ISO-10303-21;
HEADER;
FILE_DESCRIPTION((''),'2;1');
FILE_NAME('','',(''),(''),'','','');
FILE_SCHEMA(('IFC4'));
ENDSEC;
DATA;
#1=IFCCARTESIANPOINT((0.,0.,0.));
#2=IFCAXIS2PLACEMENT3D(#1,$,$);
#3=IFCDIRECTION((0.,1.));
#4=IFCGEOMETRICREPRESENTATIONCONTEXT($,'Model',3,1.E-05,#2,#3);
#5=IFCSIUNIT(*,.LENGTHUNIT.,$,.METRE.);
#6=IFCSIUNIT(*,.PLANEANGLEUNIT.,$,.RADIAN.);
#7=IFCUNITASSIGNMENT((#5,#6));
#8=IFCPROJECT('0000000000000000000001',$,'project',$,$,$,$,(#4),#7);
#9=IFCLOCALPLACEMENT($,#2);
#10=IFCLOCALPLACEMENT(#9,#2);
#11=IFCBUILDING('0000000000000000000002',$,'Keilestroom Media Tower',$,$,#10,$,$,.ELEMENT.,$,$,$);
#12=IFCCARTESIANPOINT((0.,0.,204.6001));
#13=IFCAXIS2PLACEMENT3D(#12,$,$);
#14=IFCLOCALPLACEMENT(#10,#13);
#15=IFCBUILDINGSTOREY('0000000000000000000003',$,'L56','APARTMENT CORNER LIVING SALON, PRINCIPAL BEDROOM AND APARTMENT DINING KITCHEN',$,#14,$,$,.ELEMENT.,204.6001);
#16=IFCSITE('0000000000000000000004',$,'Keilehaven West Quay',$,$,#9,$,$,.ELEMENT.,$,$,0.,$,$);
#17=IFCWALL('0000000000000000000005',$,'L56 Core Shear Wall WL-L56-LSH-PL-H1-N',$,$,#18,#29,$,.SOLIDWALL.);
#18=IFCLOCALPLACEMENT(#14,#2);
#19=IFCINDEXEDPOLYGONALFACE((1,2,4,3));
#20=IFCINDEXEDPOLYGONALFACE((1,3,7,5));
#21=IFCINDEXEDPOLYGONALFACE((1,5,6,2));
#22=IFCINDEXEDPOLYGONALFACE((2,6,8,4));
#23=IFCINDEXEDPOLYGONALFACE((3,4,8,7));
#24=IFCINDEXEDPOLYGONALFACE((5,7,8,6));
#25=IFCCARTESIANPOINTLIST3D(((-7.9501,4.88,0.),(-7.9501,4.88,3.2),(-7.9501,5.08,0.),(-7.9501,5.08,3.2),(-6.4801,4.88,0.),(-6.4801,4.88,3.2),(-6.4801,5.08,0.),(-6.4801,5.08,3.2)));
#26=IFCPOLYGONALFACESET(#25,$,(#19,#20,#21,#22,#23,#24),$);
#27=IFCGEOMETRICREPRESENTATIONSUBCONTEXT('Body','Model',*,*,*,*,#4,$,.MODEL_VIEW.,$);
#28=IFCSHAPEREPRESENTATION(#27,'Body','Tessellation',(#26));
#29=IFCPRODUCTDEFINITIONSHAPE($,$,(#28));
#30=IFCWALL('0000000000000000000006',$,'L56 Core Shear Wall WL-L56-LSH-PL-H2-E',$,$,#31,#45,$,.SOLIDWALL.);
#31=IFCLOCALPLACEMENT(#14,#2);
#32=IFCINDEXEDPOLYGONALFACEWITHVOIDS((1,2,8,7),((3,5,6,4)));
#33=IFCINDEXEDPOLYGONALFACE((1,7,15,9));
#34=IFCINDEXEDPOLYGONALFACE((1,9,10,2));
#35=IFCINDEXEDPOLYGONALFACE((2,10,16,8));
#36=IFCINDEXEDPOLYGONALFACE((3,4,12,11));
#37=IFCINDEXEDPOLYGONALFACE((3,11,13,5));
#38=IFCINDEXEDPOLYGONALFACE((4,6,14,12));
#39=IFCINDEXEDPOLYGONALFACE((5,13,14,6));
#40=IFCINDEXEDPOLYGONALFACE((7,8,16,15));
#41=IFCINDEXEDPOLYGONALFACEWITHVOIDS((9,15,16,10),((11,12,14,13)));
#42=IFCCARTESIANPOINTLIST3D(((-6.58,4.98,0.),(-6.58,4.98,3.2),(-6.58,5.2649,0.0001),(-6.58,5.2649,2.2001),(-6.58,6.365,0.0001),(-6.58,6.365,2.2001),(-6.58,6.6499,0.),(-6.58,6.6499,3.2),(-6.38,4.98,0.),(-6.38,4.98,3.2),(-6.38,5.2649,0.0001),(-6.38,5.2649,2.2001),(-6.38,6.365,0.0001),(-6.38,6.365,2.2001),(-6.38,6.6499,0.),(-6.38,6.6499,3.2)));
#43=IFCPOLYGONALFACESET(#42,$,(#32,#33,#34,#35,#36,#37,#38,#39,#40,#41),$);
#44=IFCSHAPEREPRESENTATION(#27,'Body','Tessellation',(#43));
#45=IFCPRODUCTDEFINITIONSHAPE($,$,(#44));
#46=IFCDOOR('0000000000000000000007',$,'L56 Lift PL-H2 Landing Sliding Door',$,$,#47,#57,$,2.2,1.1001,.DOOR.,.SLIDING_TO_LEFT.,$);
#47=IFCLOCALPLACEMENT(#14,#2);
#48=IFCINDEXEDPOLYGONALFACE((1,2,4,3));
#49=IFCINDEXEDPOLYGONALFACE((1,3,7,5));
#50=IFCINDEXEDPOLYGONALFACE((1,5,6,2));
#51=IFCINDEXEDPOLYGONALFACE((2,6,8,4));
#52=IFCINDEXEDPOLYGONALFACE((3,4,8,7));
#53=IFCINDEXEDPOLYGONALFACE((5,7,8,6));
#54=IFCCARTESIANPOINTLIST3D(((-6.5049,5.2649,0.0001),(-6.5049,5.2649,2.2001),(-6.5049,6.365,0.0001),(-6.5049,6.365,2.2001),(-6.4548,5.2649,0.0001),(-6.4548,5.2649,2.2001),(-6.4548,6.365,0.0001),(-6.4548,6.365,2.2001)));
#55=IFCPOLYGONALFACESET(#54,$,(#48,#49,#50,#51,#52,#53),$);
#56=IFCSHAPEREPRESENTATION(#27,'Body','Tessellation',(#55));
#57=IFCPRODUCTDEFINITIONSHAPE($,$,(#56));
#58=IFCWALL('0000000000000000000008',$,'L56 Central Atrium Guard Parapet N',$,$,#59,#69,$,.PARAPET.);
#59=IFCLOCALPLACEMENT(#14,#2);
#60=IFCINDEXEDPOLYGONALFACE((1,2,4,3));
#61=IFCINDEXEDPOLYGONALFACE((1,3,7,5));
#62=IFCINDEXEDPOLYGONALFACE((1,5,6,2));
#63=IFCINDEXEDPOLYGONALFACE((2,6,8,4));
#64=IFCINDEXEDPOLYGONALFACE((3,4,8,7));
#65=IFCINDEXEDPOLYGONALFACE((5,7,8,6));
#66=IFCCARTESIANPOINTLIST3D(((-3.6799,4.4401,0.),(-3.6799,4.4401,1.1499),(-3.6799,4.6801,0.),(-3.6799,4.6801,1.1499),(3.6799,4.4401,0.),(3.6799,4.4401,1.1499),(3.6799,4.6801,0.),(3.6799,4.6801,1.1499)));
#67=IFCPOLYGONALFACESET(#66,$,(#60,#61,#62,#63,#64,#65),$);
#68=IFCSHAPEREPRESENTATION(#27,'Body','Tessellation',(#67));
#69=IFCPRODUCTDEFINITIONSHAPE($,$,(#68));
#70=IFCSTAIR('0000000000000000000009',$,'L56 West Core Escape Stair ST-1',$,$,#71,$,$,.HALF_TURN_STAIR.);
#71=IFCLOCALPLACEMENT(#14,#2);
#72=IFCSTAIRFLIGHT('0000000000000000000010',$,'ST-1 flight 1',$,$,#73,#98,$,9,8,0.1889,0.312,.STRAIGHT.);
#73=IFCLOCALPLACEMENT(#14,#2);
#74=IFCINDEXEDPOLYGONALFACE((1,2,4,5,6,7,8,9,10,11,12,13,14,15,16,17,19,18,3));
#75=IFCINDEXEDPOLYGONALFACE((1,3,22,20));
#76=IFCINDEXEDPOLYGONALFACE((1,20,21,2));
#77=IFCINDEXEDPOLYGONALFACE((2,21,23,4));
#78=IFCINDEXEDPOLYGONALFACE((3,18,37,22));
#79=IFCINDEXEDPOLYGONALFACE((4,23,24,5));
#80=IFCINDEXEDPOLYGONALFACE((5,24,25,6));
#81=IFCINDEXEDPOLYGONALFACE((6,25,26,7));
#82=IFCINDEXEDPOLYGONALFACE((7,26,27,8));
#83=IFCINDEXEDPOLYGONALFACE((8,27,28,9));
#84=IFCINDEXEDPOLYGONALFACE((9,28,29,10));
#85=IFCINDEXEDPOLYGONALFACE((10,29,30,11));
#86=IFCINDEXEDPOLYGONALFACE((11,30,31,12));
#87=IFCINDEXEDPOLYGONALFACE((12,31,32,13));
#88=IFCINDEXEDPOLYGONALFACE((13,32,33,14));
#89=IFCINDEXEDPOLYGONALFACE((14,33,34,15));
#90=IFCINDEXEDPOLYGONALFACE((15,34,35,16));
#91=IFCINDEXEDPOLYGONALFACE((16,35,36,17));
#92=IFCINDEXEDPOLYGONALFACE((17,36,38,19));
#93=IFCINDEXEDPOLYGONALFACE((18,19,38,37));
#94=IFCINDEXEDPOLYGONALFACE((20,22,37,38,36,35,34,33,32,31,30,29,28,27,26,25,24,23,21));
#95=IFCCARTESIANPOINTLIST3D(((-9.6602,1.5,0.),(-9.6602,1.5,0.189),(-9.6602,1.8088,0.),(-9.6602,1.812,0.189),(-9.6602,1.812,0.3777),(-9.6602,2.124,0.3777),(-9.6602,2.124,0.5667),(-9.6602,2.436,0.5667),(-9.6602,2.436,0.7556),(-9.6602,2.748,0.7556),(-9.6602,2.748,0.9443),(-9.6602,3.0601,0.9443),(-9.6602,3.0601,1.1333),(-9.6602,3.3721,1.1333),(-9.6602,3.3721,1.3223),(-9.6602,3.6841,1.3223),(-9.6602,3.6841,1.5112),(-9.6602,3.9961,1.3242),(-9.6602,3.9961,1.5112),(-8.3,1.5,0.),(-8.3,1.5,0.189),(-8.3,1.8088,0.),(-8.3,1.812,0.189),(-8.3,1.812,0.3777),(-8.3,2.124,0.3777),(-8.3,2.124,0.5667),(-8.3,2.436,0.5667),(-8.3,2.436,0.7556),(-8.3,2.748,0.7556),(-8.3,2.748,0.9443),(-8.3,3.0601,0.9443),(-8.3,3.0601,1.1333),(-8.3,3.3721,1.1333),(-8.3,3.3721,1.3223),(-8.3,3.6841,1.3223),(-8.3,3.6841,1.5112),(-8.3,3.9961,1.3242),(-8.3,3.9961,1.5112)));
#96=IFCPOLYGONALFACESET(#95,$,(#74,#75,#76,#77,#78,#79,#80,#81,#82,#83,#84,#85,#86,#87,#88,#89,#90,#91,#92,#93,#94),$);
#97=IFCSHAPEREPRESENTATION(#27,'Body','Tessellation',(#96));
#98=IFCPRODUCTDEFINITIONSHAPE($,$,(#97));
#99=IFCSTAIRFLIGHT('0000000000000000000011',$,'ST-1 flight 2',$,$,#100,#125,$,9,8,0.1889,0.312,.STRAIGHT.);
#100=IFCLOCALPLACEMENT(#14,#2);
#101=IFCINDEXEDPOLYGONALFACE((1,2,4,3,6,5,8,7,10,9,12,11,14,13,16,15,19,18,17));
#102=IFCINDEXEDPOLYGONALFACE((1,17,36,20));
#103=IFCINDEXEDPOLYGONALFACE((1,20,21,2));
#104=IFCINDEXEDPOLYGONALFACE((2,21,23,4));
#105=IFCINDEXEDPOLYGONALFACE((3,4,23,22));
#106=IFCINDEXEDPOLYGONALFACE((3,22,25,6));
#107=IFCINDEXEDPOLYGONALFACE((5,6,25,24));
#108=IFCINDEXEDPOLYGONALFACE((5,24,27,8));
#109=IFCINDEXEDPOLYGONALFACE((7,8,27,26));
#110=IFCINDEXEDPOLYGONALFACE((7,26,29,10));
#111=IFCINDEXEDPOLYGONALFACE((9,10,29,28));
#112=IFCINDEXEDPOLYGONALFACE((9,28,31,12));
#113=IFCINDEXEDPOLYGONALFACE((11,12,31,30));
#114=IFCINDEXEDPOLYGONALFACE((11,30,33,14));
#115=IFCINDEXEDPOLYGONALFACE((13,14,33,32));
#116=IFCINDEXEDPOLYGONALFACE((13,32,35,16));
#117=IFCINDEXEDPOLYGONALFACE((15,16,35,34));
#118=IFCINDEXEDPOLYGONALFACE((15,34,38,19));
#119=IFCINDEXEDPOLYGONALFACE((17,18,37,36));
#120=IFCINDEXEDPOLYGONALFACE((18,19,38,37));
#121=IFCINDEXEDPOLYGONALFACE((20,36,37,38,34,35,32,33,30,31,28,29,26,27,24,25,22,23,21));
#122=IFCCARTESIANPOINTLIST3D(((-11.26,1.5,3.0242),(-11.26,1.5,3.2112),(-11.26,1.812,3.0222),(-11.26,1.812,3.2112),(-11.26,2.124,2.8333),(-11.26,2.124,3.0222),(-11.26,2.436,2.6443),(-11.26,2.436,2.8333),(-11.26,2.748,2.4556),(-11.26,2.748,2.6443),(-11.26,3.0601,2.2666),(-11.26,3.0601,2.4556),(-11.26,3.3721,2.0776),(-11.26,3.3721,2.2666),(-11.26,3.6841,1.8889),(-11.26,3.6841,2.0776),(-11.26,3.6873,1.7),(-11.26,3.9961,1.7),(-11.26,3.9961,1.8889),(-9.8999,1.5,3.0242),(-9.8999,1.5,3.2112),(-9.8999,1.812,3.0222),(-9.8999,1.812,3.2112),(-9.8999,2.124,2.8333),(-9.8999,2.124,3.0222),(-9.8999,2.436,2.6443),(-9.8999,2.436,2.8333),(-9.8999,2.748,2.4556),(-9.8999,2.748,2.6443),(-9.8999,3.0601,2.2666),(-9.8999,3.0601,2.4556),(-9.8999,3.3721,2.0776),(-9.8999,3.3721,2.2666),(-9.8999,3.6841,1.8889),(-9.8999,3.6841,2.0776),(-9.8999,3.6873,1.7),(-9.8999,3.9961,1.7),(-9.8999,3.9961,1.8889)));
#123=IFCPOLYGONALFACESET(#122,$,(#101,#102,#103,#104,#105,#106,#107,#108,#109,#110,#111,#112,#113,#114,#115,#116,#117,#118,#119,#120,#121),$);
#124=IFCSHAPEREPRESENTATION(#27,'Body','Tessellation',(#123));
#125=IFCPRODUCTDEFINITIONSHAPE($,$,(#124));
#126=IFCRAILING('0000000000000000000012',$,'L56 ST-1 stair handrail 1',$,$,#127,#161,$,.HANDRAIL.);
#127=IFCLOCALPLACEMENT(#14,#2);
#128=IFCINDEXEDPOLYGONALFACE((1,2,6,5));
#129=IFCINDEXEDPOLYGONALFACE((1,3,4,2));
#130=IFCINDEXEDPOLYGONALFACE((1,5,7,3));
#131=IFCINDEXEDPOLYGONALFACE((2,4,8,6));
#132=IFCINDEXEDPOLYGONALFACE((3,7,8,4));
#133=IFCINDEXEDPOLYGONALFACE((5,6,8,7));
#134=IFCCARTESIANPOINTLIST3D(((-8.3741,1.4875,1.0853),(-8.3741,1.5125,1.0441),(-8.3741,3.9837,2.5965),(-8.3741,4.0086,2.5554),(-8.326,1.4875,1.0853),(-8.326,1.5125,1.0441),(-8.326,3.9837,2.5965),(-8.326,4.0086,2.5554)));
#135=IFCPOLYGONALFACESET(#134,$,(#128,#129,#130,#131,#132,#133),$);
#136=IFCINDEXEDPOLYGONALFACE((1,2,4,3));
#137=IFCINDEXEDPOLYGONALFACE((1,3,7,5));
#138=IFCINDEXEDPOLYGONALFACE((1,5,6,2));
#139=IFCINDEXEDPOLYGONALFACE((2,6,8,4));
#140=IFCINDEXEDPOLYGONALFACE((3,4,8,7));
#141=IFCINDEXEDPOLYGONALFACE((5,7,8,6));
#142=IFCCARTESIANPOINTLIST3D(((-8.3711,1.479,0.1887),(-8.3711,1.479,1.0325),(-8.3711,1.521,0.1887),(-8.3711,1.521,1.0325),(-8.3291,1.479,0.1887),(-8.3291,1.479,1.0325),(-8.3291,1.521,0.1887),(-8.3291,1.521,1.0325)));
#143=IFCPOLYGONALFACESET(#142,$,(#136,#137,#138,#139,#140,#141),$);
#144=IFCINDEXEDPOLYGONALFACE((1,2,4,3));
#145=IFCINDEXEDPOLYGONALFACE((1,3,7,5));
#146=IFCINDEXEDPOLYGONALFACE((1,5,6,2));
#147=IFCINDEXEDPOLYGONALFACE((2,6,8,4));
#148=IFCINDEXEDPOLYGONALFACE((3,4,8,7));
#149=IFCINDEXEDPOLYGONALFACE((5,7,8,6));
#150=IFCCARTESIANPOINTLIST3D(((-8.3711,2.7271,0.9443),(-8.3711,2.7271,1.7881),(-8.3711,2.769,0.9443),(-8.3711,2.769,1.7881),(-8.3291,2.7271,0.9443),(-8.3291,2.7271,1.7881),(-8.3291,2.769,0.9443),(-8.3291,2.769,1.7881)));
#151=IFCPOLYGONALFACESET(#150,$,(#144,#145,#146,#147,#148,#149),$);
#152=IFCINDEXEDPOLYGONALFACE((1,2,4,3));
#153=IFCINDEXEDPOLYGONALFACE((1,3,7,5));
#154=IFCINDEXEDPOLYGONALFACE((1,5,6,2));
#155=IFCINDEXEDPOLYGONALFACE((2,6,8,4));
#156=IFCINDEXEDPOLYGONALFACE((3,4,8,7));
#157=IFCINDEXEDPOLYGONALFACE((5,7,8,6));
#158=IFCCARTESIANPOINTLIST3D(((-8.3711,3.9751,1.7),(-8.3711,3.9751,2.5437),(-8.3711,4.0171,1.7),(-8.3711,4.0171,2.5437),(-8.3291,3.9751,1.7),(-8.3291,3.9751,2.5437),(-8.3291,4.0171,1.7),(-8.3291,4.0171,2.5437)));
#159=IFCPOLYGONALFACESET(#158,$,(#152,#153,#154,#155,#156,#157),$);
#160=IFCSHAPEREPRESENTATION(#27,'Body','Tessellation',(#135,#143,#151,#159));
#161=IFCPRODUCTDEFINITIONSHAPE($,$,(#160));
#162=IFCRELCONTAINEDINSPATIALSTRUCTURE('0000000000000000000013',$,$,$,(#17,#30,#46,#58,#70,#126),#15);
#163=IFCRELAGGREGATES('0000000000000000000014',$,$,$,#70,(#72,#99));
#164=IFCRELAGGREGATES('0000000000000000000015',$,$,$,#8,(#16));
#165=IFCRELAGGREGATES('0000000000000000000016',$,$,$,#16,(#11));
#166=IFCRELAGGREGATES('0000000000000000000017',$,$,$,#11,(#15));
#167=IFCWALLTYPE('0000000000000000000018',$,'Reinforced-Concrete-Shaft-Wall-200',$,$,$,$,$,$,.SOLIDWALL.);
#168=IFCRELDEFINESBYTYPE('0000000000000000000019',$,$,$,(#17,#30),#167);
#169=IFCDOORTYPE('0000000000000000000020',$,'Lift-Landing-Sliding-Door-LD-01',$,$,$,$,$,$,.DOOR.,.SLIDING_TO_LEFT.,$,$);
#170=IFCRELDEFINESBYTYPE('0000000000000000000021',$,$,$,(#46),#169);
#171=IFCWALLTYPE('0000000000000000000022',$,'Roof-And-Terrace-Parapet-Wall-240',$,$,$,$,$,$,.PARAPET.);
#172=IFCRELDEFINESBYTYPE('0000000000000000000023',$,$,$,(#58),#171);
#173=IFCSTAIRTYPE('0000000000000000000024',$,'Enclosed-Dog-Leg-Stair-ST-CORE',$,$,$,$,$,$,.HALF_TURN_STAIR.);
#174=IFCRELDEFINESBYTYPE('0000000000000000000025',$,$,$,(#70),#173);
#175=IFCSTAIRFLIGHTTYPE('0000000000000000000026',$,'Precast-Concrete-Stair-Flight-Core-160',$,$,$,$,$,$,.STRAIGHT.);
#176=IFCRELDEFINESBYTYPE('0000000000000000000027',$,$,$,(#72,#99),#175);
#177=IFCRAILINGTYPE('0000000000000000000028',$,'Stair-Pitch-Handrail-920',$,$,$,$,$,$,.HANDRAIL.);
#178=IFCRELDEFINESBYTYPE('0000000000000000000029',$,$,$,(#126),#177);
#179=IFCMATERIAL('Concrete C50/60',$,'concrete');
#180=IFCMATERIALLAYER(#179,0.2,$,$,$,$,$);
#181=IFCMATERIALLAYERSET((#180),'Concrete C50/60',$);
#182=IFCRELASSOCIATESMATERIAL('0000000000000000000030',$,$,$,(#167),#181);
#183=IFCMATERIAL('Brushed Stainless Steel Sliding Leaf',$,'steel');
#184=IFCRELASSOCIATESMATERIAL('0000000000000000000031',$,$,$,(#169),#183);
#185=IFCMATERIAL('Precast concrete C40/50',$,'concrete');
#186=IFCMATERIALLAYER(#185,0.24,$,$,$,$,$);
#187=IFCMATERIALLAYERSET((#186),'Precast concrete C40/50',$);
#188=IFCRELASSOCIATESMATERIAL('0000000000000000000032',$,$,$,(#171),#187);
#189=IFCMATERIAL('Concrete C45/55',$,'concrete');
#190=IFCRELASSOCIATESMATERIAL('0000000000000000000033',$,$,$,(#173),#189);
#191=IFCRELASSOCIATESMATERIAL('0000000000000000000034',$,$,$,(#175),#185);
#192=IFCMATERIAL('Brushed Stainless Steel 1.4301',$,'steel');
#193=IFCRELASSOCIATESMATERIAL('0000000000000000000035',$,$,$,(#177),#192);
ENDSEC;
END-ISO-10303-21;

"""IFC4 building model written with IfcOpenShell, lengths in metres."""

from ifc_helpers import new_model, si_unit, direction, frame, frame_2d, origin, origin_2d, place, context, subcontext, project, spatial, polyline, rectangle, outline, extrude, source, transform, mapped, material, layer, layer_set, type_object, element, fill, aggregate, save


model = new_model("IFC4")

# Units and contexts
model_context = context("Model", 3, precision=1e-05, world=origin(), true_north=direction((0.0, 1.0)))
body_context = subcontext(model_context, "Body", "Model", "MODEL_VIEW")
ifc_project = project(units=[si_unit("LENGTHUNIT", "METRE"), si_unit("PLANEANGLEUNIT", "RADIAN")], contexts=[model_context])

# Site, building, storey
site_placement = place(None, origin())
site = spatial("IfcSite", under=ifc_project, at=site_placement, Name="Keilehaven West Quay", CompositionType="ELEMENT", RefElevation=0.0)
building_placement = place(site_placement, origin())
building = spatial("IfcBuilding", under=site, at=building_placement, Name="Keilestroom Media Tower", CompositionType="ELEMENT")
storey_placement = place(building_placement, frame((0.0, 0.0, 204.6001)))
storey = spatial("IfcBuildingStorey", under=building, at=storey_placement, Name="L56", Description="APARTMENT CORNER LIVING SALON, PRINCIPAL BEDROOM AND APARTMENT DINING KITCHEN", CompositionType="ELEMENT", Elevation=204.6001)

# Shared definitions
ifc_material_1 = material(Name="Concrete C50/60", Category="concrete")
ifc_layer_1 = layer(ifc_material_1, 0.2)
ifc_layer_set_1 = layer_set([ifc_layer_1], Name="Concrete C50/60")
wall_type_1 = type_object("IfcWallType", Name="Reinforced-Concrete-Shaft-Wall-200", PredefinedType="SOLIDWALL", material=ifc_layer_set_1)

# Shared definitions
ifc_material_2 = material(Name="Brushed Stainless Steel Sliding Leaf", Category="steel")
door_type = type_object("IfcDoorType", Name="Lift-Landing-Sliding-Door-LD-01", OperationType="SLIDING_TO_LEFT", PredefinedType="DOOR", material=ifc_material_2)
shared_shape_1 = source(origin(), body_context, "Body", "SweptSolid", [
    extrude(rectangle(XDim=1.1001, YDim=2.2, at=frame_2d((0.55, 1.1001))), frame((0.0, 0.0249, 0.0), z_axis=(0.0, -1.0, 0.0), x_axis=(1.0, 0.0, 0.0)), (0.0, 0.0, 1.0), 0.05),
])

# Wall
wall_1_placement = place(storey_placement, frame((-7.95, 4.98, 0.0), z_axis=(0.0, 0.0, 1.0), x_axis=(1.0, 0.0, 0.0)))
element("IfcWall", 1, at=wall_1_placement, inside=storey, type_object=wall_type_1, Name="L56 Core Shear Wall WL-L56-LSH-PL-H1-N", PredefinedType="SOLIDWALL", context=body_context, shape_type="SweptSolid", body=[
    extrude(rectangle(XDim=1.47, YDim=0.2, at=frame_2d((0.7349, 0.0))), origin(), (0.0, 0.0, 1.0), 3.2),
])

# Wall, opening, door
wall_2_placement = place(storey_placement, frame((-6.48, 4.98, 0.0), z_axis=(0.0, 0.0, 1.0), x_axis=(0.0, 1.0, 0.0)))
wall_2 = element("IfcWall", 2, at=wall_2_placement, inside=storey, type_object=wall_type_1, Name="L56 Core Shear Wall WL-L56-LSH-PL-H2-E", PredefinedType="SOLIDWALL", context=body_context, shape_type="SweptSolid", body=[
    extrude(rectangle(XDim=1.6699, YDim=0.2, at=frame_2d((0.835, 0.0))), origin(), (0.0, 0.0, 1.0), 3.2),
])
opening_1_placement = place(wall_2_placement, frame((0.2849, 0.0, 0.0)))
opening_1 = element("IfcOpeningElement", 3, at=opening_1_placement, cuts=wall_2, PredefinedType="OPENING", context=body_context, shape_type="SweptSolid", body=[
    extrude(rectangle(XDim=1.1001, YDim=2.2, at=frame_2d((0.55, 1.1001))), frame((0.0, 0.1099, 0.0), z_axis=(0.0, -1.0, 0.0), x_axis=(1.0, 0.0, 0.0)), (0.0, 0.0, 1.0), 0.22),
])
door_1_placement = place(opening_1_placement, origin())
door_1 = element("IfcDoor", 4, at=door_1_placement, inside=storey, type_object=door_type, Name="L56 Lift PL-H2 Landing Sliding Door", OperationType="SLIDING_TO_LEFT", OverallHeight=2.2, OverallWidth=1.1001, PredefinedType="DOOR", context=body_context, shape_type="MappedRepresentation", body=[
    mapped(shared_shape_1, transform((0.0, 0.0, 0.0), x_axis=(1.0, 0.0, 0.0), y_axis=(0.0, 1.0, 0.0), z_axis=(0.0, 0.0, 1.0), scale=1.0)),
])
fill(opening_1, door_1)

# Wall
ifc_material_3 = material(Name="Precast concrete C40/50", Category="concrete")
ifc_layer_2 = layer(ifc_material_3, 0.24)
ifc_layer_set_2 = layer_set([ifc_layer_2], Name="Precast concrete C40/50")
wall_type_2 = type_object("IfcWallType", Name="Roof-And-Terrace-Parapet-Wall-240", PredefinedType="PARAPET", material=ifc_layer_set_2)
wall_3_placement = place(storey_placement, frame((-3.6799, 4.5601, 0.0), z_axis=(0.0, 0.0, 1.0), x_axis=(1.0, 0.0, 0.0)))
element("IfcWall", 5, at=wall_3_placement, inside=storey, type_object=wall_type_2, Name="L56 Central Atrium Guard Parapet N", PredefinedType="PARAPET", context=body_context, shape_type="SweptSolid", body=[
    extrude(rectangle(XDim=7.3599, YDim=0.24, at=frame_2d((3.6799, 0.0))), origin(), (0.0, 0.0, 1.0), 1.1499),
])

# Stair, stair flights
ifc_material_4 = material(Name="Concrete C45/55", Category="concrete")
stair_type = type_object("IfcStairType", Name="Enclosed-Dog-Leg-Stair-ST-CORE", PredefinedType="HALF_TURN_STAIR", material=ifc_material_4)
stair_placement = place(storey_placement, origin())
stair = element("IfcStair", 6, at=stair_placement, inside=storey, type_object=stair_type, Name="L56 West Core Escape Stair ST-1", PredefinedType="HALF_TURN_STAIR")
stair_flight_type = type_object("IfcStairFlightType", Name="Precast-Concrete-Stair-Flight-Core-160", PredefinedType="STRAIGHT", material=ifc_material_3)
stair_flight_1_placement = place(storey_placement, frame((-8.98, 1.5, 0.0), z_axis=(0.0, 0.0, 1.0), x_axis=(0.0, 1.0, 0.0)))
stair_flight_1 = element("IfcStairFlight", 7, at=stair_flight_1_placement, type_object=stair_flight_type, Name="ST-1 flight 1", NumberOfRisers=9, NumberOfTreads=8, PredefinedType="STRAIGHT", RiserHeight=0.1889, TreadLength=0.312, context=body_context, shape_type="SweptSolid", body=[
    extrude(outline(polyline([(0.0, 0.0), (0.0, 0.189), (0.312, 0.189), (0.312, 0.3777), (0.624, 0.3777), (0.624, 0.5667), (0.936, 0.5667), (0.936, 0.7556), (1.248, 0.7556), (1.248, 0.9443), (1.5601, 0.9443), (1.5601, 1.1333), (1.8721, 1.1333), (1.8721, 1.3223), (2.1841, 1.3223), (2.1841, 1.5112), (2.4961, 1.5112), (2.4961, 1.7), (2.4961, 1.3242), (0.3088, 0.0), (0.0, 0.0)])), frame((0.0, 0.6802, 0.0), z_axis=(0.0, -1.0, 0.0), x_axis=(1.0, 0.0, 0.0)), (0.0, 0.0, 1.0), 1.3601),
])
stair_flight_2_placement = place(storey_placement, frame((-10.5801, 3.9961, 1.7), z_axis=(0.0, 0.0, 1.0), x_axis=(0.0, -1.0, 0.0)))
stair_flight_2 = element("IfcStairFlight", 8, at=stair_flight_2_placement, type_object=stair_flight_type, Name="ST-1 flight 2", NumberOfRisers=9, NumberOfTreads=8, PredefinedType="STRAIGHT", RiserHeight=0.1889, TreadLength=0.312, context=body_context, shape_type="SweptSolid", body=[
    extrude(outline(polyline([(0.0, 0.0), (0.0, 0.189), (0.312, 0.189), (0.312, 0.3777), (0.624, 0.3777), (0.624, 0.5667), (0.936, 0.5667), (0.936, 0.7556), (1.248, 0.7556), (1.248, 0.9443), (1.5601, 0.9443), (1.5601, 1.1333), (1.8721, 1.1333), (1.8721, 1.3223), (2.1841, 1.3223), (2.1841, 1.5112), (2.4961, 1.5112), (2.4961, 1.7), (2.4961, 1.3242), (0.3088, 0.0), (0.0, 0.0)])), frame((0.0, 0.6802, 0.0), z_axis=(0.0, -1.0, 0.0), x_axis=(1.0, 0.0, 0.0)), (0.0, 0.0, 1.0), 1.3601),
])
aggregate(stair, [stair_flight_1, stair_flight_2])

# Railing
ifc_material_5 = material(Name="Brushed Stainless Steel 1.4301", Category="steel")
railing_type_1 = type_object("IfcRailingType", Name="Stair-Pitch-Handrail-920", PredefinedType="HANDRAIL", material=ifc_material_5)
railing_1_placement = place(storey_placement, frame((-8.3501, 1.5, 0.1887)))
element("IfcRailing", 9, at=railing_1_placement, inside=storey, type_object=railing_type_1, Name="L56 ST-1 stair handrail 1", PredefinedType="HANDRAIL", context=body_context, shape_type="SweptSolid", body=[
    extrude(rectangle(XDim=0.0481, YDim=0.0481, at=origin_2d()), frame((0.0, 0.0, 0.876), z_axis=(0.0, 0.855434, 0.517912), x_axis=(-1.0, 0.0, 0.0)), (0.0, 0.0, 1.0), 2.918),
    extrude(rectangle(XDim=0.042, YDim=0.042, at=origin_2d()), origin(), (0.0, 0.0, 1.0), 0.8438),
    extrude(rectangle(XDim=0.042, YDim=0.042, at=origin_2d()), frame((0.0, 1.248, 0.7556)), (0.0, 0.0, 1.0), 0.8438),
    extrude(rectangle(XDim=0.042, YDim=0.042, at=origin_2d()), frame((0.0, 2.4961, 1.5112)), (0.0, 0.0, 1.0), 0.8438),
])

save(model, "model.ifc")
